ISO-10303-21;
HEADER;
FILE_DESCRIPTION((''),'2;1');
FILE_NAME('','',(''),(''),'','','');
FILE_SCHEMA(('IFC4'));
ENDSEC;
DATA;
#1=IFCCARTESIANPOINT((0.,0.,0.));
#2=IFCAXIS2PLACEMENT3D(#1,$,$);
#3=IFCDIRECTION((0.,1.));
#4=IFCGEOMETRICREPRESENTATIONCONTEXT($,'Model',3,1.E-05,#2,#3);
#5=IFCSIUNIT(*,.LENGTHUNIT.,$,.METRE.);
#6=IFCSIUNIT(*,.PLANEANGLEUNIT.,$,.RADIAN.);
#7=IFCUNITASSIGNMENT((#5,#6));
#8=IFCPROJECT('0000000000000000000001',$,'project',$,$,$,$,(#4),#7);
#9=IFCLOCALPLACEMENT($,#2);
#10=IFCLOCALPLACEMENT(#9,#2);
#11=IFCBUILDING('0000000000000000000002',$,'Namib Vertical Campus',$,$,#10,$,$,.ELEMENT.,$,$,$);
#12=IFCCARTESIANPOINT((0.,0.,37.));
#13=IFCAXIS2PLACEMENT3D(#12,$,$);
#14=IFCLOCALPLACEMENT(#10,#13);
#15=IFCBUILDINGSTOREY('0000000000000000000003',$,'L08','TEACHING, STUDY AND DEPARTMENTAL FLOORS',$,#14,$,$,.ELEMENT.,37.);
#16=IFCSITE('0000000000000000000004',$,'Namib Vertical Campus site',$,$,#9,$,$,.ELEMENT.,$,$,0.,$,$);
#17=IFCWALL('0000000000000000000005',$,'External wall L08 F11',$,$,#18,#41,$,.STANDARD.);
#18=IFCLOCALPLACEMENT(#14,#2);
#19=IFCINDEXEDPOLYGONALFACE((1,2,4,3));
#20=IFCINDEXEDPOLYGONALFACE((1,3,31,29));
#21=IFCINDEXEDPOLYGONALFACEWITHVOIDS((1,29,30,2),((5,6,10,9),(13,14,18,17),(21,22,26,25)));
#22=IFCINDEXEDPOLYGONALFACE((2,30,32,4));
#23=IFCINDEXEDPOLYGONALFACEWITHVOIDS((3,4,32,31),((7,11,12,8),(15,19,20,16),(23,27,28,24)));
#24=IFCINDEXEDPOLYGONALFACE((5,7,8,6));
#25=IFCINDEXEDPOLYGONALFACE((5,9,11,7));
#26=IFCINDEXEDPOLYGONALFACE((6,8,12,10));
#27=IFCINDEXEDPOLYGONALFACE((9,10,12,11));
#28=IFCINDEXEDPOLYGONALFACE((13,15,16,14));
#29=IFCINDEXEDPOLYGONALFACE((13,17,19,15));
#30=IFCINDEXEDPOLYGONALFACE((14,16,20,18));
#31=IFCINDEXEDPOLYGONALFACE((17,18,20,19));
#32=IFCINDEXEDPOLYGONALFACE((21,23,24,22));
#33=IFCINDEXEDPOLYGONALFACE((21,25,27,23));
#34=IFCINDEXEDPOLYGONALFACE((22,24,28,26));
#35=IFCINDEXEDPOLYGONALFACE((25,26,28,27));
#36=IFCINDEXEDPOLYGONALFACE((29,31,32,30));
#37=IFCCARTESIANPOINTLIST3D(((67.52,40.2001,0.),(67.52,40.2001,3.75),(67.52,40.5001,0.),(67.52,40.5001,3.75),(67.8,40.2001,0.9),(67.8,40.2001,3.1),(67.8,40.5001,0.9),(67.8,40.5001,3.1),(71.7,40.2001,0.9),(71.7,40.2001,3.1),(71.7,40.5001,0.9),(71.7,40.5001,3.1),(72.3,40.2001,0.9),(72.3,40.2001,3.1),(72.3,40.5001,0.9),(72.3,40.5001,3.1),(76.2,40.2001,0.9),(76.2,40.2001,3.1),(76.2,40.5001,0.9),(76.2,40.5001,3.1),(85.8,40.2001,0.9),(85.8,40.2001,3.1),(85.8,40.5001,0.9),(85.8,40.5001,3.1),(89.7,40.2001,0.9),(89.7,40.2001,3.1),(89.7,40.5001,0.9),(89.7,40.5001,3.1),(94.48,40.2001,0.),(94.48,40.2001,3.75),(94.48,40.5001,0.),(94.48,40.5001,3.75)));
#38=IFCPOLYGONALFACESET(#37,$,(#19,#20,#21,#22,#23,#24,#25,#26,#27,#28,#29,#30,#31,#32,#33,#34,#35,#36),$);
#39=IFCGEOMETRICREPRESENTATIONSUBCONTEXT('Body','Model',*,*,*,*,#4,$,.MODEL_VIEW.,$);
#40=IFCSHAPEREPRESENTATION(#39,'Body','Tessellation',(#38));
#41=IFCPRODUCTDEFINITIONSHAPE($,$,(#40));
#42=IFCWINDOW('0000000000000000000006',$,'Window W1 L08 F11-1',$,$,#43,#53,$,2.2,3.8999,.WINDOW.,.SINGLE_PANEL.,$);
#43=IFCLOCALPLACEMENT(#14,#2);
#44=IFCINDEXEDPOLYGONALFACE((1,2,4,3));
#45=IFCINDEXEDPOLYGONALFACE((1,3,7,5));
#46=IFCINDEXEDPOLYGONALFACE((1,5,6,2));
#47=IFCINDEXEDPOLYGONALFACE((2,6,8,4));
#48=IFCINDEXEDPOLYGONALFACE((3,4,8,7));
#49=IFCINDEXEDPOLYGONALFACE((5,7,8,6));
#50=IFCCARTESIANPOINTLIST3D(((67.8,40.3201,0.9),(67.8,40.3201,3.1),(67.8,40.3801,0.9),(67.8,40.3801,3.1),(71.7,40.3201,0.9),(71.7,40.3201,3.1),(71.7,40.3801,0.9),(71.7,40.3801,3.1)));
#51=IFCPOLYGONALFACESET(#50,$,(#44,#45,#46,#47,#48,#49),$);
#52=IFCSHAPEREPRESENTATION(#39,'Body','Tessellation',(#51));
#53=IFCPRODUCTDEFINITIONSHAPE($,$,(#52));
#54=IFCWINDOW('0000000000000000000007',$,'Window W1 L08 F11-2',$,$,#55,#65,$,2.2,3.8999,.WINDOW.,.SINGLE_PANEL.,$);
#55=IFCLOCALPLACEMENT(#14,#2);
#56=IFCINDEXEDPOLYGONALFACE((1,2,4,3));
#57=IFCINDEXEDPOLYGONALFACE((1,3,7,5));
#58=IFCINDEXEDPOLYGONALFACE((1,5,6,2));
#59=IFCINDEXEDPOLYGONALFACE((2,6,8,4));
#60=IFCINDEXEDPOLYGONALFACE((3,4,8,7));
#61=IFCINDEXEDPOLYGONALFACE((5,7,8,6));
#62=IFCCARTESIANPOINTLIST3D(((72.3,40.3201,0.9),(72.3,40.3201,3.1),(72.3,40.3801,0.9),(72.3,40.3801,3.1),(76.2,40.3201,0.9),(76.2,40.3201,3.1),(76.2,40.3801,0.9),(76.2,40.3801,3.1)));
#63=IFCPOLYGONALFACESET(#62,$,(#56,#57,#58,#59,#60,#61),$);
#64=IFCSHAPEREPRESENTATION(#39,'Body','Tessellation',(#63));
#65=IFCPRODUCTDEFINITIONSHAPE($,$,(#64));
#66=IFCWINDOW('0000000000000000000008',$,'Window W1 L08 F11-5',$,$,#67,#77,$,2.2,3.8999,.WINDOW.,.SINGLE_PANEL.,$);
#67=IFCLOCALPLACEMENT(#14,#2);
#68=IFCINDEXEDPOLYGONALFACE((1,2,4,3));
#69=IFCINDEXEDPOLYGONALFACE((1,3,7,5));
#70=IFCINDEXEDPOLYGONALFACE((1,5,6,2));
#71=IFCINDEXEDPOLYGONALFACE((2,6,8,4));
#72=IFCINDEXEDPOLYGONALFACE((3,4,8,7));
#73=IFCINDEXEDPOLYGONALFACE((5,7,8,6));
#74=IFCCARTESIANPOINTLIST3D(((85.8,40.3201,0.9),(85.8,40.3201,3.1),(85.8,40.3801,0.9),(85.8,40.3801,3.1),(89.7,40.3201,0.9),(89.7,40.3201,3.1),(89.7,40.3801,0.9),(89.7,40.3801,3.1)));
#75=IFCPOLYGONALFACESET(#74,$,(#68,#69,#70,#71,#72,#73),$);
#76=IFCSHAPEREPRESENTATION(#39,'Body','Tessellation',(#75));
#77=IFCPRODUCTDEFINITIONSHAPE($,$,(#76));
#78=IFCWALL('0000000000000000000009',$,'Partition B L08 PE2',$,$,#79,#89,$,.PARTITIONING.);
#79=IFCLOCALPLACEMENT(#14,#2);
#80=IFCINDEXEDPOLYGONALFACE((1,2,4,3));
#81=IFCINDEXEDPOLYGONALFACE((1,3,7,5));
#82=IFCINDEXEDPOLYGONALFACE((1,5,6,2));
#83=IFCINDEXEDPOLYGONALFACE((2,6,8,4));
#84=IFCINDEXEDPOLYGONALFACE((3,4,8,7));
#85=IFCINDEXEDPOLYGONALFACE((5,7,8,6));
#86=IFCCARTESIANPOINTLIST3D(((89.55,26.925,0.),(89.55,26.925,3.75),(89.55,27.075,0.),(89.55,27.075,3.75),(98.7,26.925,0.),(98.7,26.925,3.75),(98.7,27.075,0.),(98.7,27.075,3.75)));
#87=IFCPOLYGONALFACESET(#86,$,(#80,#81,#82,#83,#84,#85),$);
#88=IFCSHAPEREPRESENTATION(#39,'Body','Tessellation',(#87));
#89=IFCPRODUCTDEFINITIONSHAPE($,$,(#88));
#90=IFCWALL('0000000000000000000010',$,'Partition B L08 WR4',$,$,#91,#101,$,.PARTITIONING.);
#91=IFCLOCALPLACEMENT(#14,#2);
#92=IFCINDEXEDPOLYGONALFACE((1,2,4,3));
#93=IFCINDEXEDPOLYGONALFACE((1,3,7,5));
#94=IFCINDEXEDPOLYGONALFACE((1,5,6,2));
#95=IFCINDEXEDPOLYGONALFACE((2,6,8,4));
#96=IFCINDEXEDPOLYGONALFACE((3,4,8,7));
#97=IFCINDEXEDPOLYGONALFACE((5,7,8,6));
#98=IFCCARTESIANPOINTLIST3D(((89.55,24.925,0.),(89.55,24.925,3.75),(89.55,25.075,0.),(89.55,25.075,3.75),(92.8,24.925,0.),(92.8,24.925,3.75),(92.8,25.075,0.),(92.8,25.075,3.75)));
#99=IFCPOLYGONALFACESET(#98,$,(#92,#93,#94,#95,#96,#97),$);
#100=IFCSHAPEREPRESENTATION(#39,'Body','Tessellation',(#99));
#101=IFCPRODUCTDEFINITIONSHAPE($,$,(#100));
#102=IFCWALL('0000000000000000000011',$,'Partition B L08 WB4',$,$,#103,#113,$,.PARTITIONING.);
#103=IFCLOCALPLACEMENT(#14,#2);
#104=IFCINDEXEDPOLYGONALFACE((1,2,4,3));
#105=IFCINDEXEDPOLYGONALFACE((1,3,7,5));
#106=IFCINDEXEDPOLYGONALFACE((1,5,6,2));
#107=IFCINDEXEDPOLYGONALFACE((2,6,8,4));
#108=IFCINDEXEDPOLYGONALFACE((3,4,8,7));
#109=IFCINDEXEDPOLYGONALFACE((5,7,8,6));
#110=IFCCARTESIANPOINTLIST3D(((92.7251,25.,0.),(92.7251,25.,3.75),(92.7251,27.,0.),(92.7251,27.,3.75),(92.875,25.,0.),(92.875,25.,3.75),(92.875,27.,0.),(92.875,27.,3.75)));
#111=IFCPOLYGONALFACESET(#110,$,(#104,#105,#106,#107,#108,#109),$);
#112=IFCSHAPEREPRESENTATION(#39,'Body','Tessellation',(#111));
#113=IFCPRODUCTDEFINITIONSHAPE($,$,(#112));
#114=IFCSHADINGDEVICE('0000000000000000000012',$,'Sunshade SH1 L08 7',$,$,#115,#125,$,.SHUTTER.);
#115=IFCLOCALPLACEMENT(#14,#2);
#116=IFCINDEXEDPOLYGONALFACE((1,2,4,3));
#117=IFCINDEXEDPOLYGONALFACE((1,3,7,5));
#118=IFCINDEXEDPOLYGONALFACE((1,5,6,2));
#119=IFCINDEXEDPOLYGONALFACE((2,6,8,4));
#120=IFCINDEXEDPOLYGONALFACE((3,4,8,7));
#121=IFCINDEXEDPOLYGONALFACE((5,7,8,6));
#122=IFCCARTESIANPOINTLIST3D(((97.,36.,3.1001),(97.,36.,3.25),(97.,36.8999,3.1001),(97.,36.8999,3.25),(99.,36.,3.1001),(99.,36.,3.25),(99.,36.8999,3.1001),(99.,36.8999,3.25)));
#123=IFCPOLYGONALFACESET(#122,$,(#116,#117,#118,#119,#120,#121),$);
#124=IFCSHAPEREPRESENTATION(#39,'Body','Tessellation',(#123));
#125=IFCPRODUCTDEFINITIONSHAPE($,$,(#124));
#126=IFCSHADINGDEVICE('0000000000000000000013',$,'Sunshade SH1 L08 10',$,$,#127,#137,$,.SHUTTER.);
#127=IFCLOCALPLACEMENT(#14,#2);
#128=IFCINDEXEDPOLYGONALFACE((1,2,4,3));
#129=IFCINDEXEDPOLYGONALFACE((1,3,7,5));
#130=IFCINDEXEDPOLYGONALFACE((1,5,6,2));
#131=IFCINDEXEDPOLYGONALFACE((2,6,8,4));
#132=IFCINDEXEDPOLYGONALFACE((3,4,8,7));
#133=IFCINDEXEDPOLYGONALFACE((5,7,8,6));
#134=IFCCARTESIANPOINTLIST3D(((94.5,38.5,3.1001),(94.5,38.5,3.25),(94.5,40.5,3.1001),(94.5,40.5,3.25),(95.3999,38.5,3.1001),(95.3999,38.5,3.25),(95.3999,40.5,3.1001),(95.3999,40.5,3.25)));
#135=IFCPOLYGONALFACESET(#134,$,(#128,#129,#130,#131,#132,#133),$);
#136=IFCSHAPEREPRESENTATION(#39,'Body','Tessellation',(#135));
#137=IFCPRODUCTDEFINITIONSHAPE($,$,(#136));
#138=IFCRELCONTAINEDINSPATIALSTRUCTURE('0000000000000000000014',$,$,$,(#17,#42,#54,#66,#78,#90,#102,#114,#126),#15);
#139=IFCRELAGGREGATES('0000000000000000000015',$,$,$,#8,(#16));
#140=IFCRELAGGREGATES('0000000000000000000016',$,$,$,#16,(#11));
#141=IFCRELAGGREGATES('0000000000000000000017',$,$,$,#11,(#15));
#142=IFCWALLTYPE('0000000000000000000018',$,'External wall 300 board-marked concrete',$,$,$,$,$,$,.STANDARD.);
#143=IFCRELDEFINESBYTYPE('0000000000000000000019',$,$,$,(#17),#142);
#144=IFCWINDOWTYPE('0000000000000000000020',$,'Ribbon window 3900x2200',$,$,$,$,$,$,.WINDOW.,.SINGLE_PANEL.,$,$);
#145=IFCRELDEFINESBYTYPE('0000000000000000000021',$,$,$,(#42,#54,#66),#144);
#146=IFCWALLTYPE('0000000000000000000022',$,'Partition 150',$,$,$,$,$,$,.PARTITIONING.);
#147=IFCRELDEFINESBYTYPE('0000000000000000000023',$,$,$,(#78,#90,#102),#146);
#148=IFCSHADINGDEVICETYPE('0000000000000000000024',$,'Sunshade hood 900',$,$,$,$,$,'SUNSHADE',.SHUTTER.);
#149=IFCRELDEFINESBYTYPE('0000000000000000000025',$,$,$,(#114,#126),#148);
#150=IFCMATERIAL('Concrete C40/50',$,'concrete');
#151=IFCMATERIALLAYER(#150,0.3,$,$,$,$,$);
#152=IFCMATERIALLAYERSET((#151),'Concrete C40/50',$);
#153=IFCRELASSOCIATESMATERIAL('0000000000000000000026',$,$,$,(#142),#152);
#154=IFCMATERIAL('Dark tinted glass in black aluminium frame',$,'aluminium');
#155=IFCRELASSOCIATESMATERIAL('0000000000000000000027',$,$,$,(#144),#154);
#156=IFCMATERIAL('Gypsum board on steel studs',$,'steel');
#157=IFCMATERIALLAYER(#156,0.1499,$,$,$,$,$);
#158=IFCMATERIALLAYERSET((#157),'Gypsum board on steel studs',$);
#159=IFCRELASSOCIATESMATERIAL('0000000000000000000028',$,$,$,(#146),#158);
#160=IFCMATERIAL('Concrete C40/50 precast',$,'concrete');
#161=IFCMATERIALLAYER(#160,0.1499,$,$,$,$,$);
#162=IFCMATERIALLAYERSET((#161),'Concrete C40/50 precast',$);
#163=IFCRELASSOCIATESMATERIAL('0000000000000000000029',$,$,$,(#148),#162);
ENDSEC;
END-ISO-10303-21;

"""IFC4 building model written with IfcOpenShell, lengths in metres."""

from ifc_helpers import new_model, si_unit, direction, frame, frame_2d, origin, origin_2d, place, context, subcontext, project, spatial, rectangle, extrude, material, layer, layer_set, type_object, element, fill, save


model = new_model("IFC4")

# Units and contexts
model_context = context("Model", 3, precision=1e-05, world=origin(), true_north=direction((0.0, 1.0)))
body_context = subcontext(model_context, "Body", "Model", "MODEL_VIEW")
ifc_project = project(units=[si_unit("LENGTHUNIT", "METRE"), si_unit("PLANEANGLEUNIT", "RADIAN")], contexts=[model_context])

# Site, building, storey
site_placement = place(None, origin())
site = spatial("IfcSite", under=ifc_project, at=site_placement, Name="Namib Vertical Campus site", CompositionType="ELEMENT", RefElevation=0.0)
building_placement = place(site_placement, origin())
building = spatial("IfcBuilding", under=site, at=building_placement, Name="Namib Vertical Campus", CompositionType="ELEMENT")
storey_placement = place(building_placement, frame((0.0, 0.0, 37.0)))
storey = spatial("IfcBuildingStorey", under=building, at=storey_placement, Name="L08", Description="TEACHING, STUDY AND DEPARTMENTAL FLOORS", CompositionType="ELEMENT", Elevation=37.0)

# Shared definitions
ifc_material_1 = material(Name="Concrete C40/50", Category="concrete")
ifc_layer_1 = layer(ifc_material_1, 0.3)
ifc_layer_set_1 = layer_set([ifc_layer_1], Name="Concrete C40/50")
wall_type_1 = type_object("IfcWallType", Name="External wall 300 board-marked concrete", PredefinedType="STANDARD", material=ifc_layer_set_1)

# Wall, openings, windows
wall_1_placement = place(storey_placement, frame((94.48, 40.3501, 0.0), z_axis=(0.0, 0.0, 1.0), x_axis=(-1.0, 0.0, 0.0)))
wall_1 = element("IfcWall", 1, at=wall_1_placement, inside=storey, type_object=wall_type_1, Name="External wall L08 F11", PredefinedType="STANDARD", context=body_context, shape_type="SweptSolid", body=[
    extrude(rectangle(XDim=26.96, YDim=0.3, at=frame_2d((13.48, 0.0))), origin(), (0.0, 0.0, 1.0), 3.75),
])
opening_1_placement = place(wall_1_placement, frame((22.78, 0.0, 0.8999)))
opening_1 = element("IfcOpeningElement", 2, at=opening_1_placement, cuts=wall_1, PredefinedType="OPENING", context=body_context, shape_type="SweptSolid", body=[
    extrude(rectangle(XDim=3.8999, YDim=2.2, at=frame_2d((1.95, 1.1001))), frame((0.0, 0.1599, 0.0), z_axis=(0.0, -1.0, 0.0), x_axis=(1.0, 0.0, 0.0)), (0.0, 0.0, 1.0), 0.3201),
])
opening_2_placement = place(wall_1_placement, frame((18.28, 0.0, 0.8999)))
opening_2 = element("IfcOpeningElement", 3, at=opening_2_placement, cuts=wall_1, PredefinedType="OPENING", context=body_context, shape_type="SweptSolid", body=[
    extrude(rectangle(XDim=3.8999, YDim=2.2, at=frame_2d((1.95, 1.1001))), frame((0.0, 0.1599, 0.0), z_axis=(0.0, -1.0, 0.0), x_axis=(1.0, 0.0, 0.0)), (0.0, 0.0, 1.0), 0.3201),
])
opening_3_placement = place(wall_1_placement, frame((4.78, 0.0, 0.8999)))
opening_3 = element("IfcOpeningElement", 4, at=opening_3_placement, cuts=wall_1, PredefinedType="OPENING", context=body_context, shape_type="SweptSolid", body=[
    extrude(rectangle(XDim=3.8999, YDim=2.2, at=frame_2d((1.95, 1.1001))), frame((0.0, 0.1599, 0.0), z_axis=(0.0, -1.0, 0.0), x_axis=(1.0, 0.0, 0.0)), (0.0, 0.0, 1.0), 0.3201),
])
ifc_material_2 = material(Name="Dark tinted glass in black aluminium frame", Category="aluminium")
window_type = type_object("IfcWindowType", Name="Ribbon window 3900x2200", PartitioningType="SINGLE_PANEL", PredefinedType="WINDOW", material=ifc_material_2)
window_1_placement = place(opening_1_placement, origin())
window_1 = element("IfcWindow", 5, at=window_1_placement, inside=storey, type_object=window_type, Name="Window W1 L08 F11-1", OverallHeight=2.2, OverallWidth=3.8999, PartitioningType="SINGLE_PANEL", PredefinedType="WINDOW", context=body_context, shape_type="SweptSolid", body=[
    extrude(rectangle(XDim=3.8999, YDim=2.2, at=frame_2d((1.95, 1.1001))), frame((0.0, 0.03, 0.0), z_axis=(0.0, -1.0, 0.0), x_axis=(1.0, 0.0, 0.0)), (0.0, 0.0, 1.0), 0.0601),
])
fill(opening_1, window_1)
window_2_placement = place(opening_2_placement, origin())
window_2 = element("IfcWindow", 6, at=window_2_placement, inside=storey, type_object=window_type, Name="Window W1 L08 F11-2", OverallHeight=2.2, OverallWidth=3.8999, PartitioningType="SINGLE_PANEL", PredefinedType="WINDOW", context=body_context, shape_type="SweptSolid", body=[
    extrude(rectangle(XDim=3.8999, YDim=2.2, at=frame_2d((1.95, 1.1001))), frame((0.0, 0.03, 0.0), z_axis=(0.0, -1.0, 0.0), x_axis=(1.0, 0.0, 0.0)), (0.0, 0.0, 1.0), 0.0601),
])
fill(opening_2, window_2)
window_3_placement = place(opening_3_placement, origin())
window_3 = element("IfcWindow", 7, at=window_3_placement, inside=storey, type_object=window_type, Name="Window W1 L08 F11-5", OverallHeight=2.2, OverallWidth=3.8999, PartitioningType="SINGLE_PANEL", PredefinedType="WINDOW", context=body_context, shape_type="SweptSolid", body=[
    extrude(rectangle(XDim=3.8999, YDim=2.2, at=frame_2d((1.95, 1.1001))), frame((0.0, 0.03, 0.0), z_axis=(0.0, -1.0, 0.0), x_axis=(1.0, 0.0, 0.0)), (0.0, 0.0, 1.0), 0.0601),
])
fill(opening_3, window_3)

# Walls
ifc_material_3 = material(Name="Gypsum board on steel studs", Category="steel")
ifc_layer_2 = layer(ifc_material_3, 0.1499)
ifc_layer_set_2 = layer_set([ifc_layer_2], Name="Gypsum board on steel studs")
wall_type_2 = type_object("IfcWallType", Name="Partition 150", PredefinedType="PARTITIONING", material=ifc_layer_set_2)
wall_2_placement = place(storey_placement, frame((89.55, 27.0, 0.0), z_axis=(0.0, 0.0, 1.0), x_axis=(1.0, 0.0, 0.0)))
element("IfcWall", 8, at=wall_2_placement, inside=storey, type_object=wall_type_2, Name="Partition B L08 PE2", PredefinedType="PARTITIONING", context=body_context, shape_type="SweptSolid", body=[
    extrude(rectangle(XDim=9.1499, YDim=0.1499, at=frame_2d((4.575, 0.0))), origin(), (0.0, 0.0, 1.0), 3.75),
])
wall_3_placement = place(storey_placement, frame((89.55, 25.0, 0.0), z_axis=(0.0, 0.0, 1.0), x_axis=(1.0, 0.0, 0.0)))
element("IfcWall", 9, at=wall_3_placement, inside=storey, type_object=wall_type_2, Name="Partition B L08 WR4", PredefinedType="PARTITIONING", context=body_context, shape_type="SweptSolid", body=[
    extrude(rectangle(XDim=3.25, YDim=0.1499, at=frame_2d((1.625, 0.0))), origin(), (0.0, 0.0, 1.0), 3.75),
])
wall_4_placement = place(storey_placement, frame((92.8, 25.0, 0.0), z_axis=(0.0, 0.0, 1.0), x_axis=(0.0, 1.0, 0.0)))
element("IfcWall", 10, at=wall_4_placement, inside=storey, type_object=wall_type_2, Name="Partition B L08 WB4", PredefinedType="PARTITIONING", context=body_context, shape_type="SweptSolid", body=[
    extrude(rectangle(XDim=2.0, YDim=0.1499, at=frame_2d((1.0, 0.0))), origin(), (0.0, 0.0, 1.0), 3.75),
])

# Shading devices
ifc_material_4 = material(Name="Concrete C40/50 precast", Category="concrete")
ifc_layer_3 = layer(ifc_material_4, 0.1499)
ifc_layer_set_3 = layer_set([ifc_layer_3], Name="Concrete C40/50 precast")
shading_device_type = type_object("IfcShadingDeviceType", Name="Sunshade hood 900", ElementType="SUNSHADE", PredefinedType="SHUTTER", material=ifc_layer_set_3)
for number, where, z_axis, x_axis, name in (
    (11, (98.0, 36.45, 3.1001), (0.0, 0.0, 1.0), (-1.0, 0.0, 0.0), "Sunshade SH1 L08 7"),
    (12, (94.95, 39.5, 3.1001), (0.0, 0.0, 1.0), (0.0, 1.0, 0.0), "Sunshade SH1 L08 10"),
):
    element("IfcShadingDevice", number, at=place(storey_placement, frame(where, z_axis=z_axis, x_axis=x_axis)), inside=storey, type_object=shading_device_type, Name=name, PredefinedType="SHUTTER", context=body_context, shape_type="SweptSolid", body=[
        extrude(rectangle(XDim=2.0, YDim=0.8999, at=origin_2d()), origin(), (0.0, 0.0, 1.0), 0.1499),
    ])

save(model, "model.ifc")
